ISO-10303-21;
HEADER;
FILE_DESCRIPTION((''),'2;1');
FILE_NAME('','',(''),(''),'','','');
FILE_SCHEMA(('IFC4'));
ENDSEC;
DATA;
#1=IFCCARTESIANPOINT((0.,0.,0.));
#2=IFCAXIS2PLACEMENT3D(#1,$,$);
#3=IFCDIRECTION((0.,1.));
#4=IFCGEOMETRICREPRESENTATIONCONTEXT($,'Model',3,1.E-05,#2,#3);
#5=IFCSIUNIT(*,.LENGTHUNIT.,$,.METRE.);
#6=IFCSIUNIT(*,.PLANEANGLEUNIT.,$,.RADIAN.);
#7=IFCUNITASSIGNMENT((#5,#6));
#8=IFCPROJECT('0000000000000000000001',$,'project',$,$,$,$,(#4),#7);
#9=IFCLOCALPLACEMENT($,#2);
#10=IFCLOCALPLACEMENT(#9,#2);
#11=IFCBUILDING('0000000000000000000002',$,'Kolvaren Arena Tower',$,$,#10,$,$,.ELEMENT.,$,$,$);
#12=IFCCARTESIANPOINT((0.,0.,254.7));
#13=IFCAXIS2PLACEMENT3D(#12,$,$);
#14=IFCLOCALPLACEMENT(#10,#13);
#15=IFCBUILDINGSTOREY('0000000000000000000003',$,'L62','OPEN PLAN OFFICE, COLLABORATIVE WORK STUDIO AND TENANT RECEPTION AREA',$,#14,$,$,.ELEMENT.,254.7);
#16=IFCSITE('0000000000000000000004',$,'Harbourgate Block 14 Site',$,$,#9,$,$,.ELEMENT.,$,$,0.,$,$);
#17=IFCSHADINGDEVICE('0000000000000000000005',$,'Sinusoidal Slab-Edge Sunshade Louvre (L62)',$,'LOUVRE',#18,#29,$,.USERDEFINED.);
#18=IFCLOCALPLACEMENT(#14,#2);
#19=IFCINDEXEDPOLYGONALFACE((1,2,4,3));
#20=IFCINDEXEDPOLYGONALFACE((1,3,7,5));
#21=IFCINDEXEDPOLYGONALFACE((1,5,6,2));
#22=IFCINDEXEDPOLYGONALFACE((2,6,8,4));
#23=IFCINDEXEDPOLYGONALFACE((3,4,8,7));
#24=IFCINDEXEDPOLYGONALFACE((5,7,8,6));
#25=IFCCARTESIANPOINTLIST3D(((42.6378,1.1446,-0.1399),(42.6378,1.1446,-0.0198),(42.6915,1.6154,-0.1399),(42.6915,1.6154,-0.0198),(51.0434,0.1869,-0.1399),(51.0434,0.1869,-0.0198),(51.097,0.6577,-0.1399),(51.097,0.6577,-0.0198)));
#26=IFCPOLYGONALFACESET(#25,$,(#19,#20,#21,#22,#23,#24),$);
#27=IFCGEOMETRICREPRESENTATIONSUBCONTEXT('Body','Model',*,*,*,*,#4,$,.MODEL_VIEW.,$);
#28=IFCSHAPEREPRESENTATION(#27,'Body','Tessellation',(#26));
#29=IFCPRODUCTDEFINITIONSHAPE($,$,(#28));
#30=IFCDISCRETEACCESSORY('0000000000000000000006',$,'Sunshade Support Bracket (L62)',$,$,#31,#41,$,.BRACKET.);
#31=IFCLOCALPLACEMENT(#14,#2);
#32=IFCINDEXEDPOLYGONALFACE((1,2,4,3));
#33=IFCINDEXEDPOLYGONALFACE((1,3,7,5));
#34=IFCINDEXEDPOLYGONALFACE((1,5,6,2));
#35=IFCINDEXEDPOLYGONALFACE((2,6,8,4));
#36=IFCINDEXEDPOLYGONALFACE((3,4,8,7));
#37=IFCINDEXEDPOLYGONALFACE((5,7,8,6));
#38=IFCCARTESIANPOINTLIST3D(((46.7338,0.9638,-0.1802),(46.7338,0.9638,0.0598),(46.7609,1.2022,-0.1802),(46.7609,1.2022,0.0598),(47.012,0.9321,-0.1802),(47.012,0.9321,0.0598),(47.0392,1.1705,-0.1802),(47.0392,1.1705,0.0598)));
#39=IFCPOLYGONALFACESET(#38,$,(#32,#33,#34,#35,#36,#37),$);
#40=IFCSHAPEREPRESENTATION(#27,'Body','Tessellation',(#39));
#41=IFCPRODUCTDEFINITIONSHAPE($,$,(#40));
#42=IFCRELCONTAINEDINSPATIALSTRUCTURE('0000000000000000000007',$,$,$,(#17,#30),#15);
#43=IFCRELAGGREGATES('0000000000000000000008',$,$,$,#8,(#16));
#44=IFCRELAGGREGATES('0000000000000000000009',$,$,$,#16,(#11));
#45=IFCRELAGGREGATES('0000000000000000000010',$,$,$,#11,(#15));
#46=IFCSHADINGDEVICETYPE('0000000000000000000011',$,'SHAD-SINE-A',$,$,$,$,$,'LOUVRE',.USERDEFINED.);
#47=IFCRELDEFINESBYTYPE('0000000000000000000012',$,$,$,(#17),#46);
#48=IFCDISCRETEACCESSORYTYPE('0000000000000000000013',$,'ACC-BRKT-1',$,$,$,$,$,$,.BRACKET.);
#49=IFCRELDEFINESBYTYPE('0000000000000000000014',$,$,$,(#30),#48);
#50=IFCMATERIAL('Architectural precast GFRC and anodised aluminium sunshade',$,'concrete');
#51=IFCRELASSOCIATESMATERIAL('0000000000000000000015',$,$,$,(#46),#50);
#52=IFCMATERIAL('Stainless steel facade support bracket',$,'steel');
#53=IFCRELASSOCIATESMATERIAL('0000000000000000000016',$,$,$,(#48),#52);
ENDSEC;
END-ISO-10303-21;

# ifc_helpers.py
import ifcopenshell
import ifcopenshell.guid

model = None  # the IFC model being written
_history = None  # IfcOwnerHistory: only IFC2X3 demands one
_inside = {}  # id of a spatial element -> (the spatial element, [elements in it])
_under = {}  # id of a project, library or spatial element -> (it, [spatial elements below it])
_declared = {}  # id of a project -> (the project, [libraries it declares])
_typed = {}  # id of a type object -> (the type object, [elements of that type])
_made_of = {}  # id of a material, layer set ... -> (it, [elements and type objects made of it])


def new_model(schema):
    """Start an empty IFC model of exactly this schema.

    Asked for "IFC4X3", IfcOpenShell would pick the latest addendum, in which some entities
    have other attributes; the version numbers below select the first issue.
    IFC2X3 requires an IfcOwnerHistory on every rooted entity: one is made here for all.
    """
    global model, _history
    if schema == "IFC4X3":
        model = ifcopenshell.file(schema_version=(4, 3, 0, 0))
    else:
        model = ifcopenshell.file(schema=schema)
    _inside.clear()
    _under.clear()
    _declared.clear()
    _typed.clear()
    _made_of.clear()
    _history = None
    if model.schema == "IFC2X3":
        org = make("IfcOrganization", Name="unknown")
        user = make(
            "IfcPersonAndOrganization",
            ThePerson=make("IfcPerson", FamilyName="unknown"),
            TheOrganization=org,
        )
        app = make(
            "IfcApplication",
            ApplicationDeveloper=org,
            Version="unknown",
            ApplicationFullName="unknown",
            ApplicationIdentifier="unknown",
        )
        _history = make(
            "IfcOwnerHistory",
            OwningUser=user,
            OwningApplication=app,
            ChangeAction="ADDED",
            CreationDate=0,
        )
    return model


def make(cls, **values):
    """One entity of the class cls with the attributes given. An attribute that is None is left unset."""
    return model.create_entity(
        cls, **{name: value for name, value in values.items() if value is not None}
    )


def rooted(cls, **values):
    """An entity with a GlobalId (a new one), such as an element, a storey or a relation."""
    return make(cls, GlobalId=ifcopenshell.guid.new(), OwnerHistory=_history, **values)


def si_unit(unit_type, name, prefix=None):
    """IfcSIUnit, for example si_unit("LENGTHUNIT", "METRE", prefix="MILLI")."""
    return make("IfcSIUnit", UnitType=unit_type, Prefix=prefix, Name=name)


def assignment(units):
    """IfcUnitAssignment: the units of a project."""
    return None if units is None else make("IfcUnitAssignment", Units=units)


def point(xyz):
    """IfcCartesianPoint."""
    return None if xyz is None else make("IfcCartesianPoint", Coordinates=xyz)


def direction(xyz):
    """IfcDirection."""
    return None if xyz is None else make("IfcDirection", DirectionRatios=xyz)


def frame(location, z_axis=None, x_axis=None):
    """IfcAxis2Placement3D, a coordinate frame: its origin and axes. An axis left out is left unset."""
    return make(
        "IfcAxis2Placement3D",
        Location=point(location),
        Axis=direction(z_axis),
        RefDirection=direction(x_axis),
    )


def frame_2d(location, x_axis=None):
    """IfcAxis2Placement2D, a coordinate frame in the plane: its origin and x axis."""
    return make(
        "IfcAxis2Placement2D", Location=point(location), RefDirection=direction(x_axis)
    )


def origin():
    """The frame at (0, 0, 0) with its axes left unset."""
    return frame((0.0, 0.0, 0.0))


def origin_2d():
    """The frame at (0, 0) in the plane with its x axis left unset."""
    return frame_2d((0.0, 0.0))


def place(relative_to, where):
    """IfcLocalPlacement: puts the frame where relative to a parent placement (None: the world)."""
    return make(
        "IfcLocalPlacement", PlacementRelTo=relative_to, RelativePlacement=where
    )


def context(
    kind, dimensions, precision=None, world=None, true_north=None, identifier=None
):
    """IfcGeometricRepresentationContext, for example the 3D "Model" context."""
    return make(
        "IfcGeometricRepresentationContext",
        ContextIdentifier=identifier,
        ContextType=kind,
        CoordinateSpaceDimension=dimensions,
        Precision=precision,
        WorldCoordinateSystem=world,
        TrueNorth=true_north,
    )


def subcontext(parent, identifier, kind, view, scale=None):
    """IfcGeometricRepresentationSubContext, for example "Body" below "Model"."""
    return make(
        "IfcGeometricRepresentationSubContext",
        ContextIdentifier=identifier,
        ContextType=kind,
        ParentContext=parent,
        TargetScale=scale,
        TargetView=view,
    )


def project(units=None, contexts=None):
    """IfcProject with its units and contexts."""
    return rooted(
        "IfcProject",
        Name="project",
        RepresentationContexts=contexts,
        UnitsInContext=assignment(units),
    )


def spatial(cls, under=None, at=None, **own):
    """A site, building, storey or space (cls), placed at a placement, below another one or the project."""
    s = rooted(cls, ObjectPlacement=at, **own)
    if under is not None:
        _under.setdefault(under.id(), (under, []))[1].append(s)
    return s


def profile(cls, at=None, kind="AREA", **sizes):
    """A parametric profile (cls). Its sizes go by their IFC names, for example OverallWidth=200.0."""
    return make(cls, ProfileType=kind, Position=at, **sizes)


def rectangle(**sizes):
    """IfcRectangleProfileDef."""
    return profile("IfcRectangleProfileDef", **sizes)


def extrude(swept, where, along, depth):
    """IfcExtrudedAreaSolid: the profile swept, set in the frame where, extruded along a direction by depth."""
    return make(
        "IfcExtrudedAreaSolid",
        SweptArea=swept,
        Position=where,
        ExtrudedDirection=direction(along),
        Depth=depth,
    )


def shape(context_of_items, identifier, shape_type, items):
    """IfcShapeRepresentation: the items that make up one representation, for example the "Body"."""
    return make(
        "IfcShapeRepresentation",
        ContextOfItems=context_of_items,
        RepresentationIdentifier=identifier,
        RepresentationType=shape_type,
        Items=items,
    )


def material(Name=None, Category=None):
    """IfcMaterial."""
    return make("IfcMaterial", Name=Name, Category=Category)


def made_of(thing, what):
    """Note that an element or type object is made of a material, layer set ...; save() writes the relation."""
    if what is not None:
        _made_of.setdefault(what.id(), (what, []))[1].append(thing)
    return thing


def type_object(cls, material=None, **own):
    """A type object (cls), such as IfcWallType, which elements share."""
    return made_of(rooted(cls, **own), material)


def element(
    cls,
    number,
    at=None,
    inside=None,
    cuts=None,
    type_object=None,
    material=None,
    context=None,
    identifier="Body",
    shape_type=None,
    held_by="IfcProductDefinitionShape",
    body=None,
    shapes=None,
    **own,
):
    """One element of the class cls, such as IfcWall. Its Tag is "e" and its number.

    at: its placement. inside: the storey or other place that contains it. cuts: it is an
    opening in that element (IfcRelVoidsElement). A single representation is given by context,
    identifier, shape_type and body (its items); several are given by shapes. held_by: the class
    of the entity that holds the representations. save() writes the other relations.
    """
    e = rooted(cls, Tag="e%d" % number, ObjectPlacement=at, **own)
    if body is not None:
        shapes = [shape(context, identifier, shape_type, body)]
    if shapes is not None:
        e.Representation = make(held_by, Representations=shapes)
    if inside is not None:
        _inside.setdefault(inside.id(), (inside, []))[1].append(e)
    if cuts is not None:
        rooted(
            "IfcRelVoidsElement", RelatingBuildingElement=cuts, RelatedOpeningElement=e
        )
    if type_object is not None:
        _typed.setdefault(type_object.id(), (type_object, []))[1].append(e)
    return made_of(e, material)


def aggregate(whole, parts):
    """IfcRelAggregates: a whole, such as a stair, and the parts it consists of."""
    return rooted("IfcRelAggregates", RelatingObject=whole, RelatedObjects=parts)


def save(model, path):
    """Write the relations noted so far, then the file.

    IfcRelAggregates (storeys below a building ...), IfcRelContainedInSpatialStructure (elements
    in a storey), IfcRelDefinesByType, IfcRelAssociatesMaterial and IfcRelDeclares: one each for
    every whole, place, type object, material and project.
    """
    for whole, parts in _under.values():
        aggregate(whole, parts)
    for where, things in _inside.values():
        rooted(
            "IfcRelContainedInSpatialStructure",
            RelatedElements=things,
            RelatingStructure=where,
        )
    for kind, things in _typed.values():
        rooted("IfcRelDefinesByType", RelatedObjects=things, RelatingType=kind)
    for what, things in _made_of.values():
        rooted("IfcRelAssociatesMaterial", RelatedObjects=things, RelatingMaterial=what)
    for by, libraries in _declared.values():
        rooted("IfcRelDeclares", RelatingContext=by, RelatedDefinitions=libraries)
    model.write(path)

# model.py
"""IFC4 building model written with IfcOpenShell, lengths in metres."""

from ifc_helpers import new_model, si_unit, direction, frame, origin, origin_2d, place, context, subcontext, project, spatial, rectangle, extrude, material, type_object, element, save


model = new_model("IFC4")

# Units and contexts
model_context = context("Model", 3, precision=1e-05, world=origin(), true_north=direction((0.0, 1.0)))
body_context = subcontext(model_context, "Body", "Model", "MODEL_VIEW")
ifc_project = project(units=[si_unit("LENGTHUNIT", "METRE"), si_unit("PLANEANGLEUNIT", "RADIAN")], contexts=[model_context])

# Site, building, storey
site_placement = place(None, origin())
site = spatial("IfcSite", under=ifc_project, at=site_placement, Name="Harbourgate Block 14 Site", CompositionType="ELEMENT", RefElevation=0.0)
building_placement = place(site_placement, origin())
building = spatial("IfcBuilding", under=site, at=building_placement, Name="Kolvaren Arena Tower", CompositionType="ELEMENT")
storey_placement = place(building_placement, frame((0.0, 0.0, 254.7)))
storey = spatial("IfcBuildingStorey", under=building, at=storey_placement, Name="L62", Description="OPEN PLAN OFFICE, COLLABORATIVE WORK STUDIO AND TENANT RECEPTION AREA", CompositionType="ELEMENT", Elevation=254.7)

# Shading device
ifc_material_1 = material(Name="Architectural precast GFRC and anodised aluminium sunshade", Category="concrete")
shading_device_type = type_object("IfcShadingDeviceType", Name="SHAD-SINE-A", ElementType="LOUVRE", PredefinedType="USERDEFINED", material=ifc_material_1)
shading_device_placement = place(storey_placement, frame((46.8674, 0.9011, -0.1399), z_axis=(0.0, 0.0, 1.0), x_axis=(-0.993572, 0.113205, 0.0)))
element("IfcShadingDevice", 1, at=shading_device_placement, inside=storey, type_object=shading_device_type, Name="Sinusoidal Slab-Edge Sunshade Louvre (L62)", ObjectType="LOUVRE", PredefinedType="USERDEFINED", context=body_context, shape_type="SweptSolid", body=[
    extrude(rectangle(XDim=8.46, YDim=0.4739, at=origin_2d()), origin(), (0.0, 0.0, 1.0), 0.1201),
])

# Discrete accessory
ifc_material_2 = material(Name="Stainless steel facade support bracket", Category="steel")
discrete_accessory_type = type_object("IfcDiscreteAccessoryType", Name="ACC-BRKT-1", PredefinedType="BRACKET", material=ifc_material_2)
discrete_accessory_placement = place(storey_placement, frame((46.8865, 1.0671, -0.1802), z_axis=(0.0, 0.0, 1.0), x_axis=(-0.993572, 0.113205, 0.0)))
element("IfcDiscreteAccessory", 2, at=discrete_accessory_placement, inside=storey, type_object=discrete_accessory_type, Name="Sunshade Support Bracket (L62)", PredefinedType="BRACKET", context=body_context, shape_type="SweptSolid", body=[
    extrude(rectangle(XDim=0.28, YDim=0.24, at=origin_2d()), origin(), (0.0, 0.0, 1.0), 0.24),
])

save(model, "model.ifc")
